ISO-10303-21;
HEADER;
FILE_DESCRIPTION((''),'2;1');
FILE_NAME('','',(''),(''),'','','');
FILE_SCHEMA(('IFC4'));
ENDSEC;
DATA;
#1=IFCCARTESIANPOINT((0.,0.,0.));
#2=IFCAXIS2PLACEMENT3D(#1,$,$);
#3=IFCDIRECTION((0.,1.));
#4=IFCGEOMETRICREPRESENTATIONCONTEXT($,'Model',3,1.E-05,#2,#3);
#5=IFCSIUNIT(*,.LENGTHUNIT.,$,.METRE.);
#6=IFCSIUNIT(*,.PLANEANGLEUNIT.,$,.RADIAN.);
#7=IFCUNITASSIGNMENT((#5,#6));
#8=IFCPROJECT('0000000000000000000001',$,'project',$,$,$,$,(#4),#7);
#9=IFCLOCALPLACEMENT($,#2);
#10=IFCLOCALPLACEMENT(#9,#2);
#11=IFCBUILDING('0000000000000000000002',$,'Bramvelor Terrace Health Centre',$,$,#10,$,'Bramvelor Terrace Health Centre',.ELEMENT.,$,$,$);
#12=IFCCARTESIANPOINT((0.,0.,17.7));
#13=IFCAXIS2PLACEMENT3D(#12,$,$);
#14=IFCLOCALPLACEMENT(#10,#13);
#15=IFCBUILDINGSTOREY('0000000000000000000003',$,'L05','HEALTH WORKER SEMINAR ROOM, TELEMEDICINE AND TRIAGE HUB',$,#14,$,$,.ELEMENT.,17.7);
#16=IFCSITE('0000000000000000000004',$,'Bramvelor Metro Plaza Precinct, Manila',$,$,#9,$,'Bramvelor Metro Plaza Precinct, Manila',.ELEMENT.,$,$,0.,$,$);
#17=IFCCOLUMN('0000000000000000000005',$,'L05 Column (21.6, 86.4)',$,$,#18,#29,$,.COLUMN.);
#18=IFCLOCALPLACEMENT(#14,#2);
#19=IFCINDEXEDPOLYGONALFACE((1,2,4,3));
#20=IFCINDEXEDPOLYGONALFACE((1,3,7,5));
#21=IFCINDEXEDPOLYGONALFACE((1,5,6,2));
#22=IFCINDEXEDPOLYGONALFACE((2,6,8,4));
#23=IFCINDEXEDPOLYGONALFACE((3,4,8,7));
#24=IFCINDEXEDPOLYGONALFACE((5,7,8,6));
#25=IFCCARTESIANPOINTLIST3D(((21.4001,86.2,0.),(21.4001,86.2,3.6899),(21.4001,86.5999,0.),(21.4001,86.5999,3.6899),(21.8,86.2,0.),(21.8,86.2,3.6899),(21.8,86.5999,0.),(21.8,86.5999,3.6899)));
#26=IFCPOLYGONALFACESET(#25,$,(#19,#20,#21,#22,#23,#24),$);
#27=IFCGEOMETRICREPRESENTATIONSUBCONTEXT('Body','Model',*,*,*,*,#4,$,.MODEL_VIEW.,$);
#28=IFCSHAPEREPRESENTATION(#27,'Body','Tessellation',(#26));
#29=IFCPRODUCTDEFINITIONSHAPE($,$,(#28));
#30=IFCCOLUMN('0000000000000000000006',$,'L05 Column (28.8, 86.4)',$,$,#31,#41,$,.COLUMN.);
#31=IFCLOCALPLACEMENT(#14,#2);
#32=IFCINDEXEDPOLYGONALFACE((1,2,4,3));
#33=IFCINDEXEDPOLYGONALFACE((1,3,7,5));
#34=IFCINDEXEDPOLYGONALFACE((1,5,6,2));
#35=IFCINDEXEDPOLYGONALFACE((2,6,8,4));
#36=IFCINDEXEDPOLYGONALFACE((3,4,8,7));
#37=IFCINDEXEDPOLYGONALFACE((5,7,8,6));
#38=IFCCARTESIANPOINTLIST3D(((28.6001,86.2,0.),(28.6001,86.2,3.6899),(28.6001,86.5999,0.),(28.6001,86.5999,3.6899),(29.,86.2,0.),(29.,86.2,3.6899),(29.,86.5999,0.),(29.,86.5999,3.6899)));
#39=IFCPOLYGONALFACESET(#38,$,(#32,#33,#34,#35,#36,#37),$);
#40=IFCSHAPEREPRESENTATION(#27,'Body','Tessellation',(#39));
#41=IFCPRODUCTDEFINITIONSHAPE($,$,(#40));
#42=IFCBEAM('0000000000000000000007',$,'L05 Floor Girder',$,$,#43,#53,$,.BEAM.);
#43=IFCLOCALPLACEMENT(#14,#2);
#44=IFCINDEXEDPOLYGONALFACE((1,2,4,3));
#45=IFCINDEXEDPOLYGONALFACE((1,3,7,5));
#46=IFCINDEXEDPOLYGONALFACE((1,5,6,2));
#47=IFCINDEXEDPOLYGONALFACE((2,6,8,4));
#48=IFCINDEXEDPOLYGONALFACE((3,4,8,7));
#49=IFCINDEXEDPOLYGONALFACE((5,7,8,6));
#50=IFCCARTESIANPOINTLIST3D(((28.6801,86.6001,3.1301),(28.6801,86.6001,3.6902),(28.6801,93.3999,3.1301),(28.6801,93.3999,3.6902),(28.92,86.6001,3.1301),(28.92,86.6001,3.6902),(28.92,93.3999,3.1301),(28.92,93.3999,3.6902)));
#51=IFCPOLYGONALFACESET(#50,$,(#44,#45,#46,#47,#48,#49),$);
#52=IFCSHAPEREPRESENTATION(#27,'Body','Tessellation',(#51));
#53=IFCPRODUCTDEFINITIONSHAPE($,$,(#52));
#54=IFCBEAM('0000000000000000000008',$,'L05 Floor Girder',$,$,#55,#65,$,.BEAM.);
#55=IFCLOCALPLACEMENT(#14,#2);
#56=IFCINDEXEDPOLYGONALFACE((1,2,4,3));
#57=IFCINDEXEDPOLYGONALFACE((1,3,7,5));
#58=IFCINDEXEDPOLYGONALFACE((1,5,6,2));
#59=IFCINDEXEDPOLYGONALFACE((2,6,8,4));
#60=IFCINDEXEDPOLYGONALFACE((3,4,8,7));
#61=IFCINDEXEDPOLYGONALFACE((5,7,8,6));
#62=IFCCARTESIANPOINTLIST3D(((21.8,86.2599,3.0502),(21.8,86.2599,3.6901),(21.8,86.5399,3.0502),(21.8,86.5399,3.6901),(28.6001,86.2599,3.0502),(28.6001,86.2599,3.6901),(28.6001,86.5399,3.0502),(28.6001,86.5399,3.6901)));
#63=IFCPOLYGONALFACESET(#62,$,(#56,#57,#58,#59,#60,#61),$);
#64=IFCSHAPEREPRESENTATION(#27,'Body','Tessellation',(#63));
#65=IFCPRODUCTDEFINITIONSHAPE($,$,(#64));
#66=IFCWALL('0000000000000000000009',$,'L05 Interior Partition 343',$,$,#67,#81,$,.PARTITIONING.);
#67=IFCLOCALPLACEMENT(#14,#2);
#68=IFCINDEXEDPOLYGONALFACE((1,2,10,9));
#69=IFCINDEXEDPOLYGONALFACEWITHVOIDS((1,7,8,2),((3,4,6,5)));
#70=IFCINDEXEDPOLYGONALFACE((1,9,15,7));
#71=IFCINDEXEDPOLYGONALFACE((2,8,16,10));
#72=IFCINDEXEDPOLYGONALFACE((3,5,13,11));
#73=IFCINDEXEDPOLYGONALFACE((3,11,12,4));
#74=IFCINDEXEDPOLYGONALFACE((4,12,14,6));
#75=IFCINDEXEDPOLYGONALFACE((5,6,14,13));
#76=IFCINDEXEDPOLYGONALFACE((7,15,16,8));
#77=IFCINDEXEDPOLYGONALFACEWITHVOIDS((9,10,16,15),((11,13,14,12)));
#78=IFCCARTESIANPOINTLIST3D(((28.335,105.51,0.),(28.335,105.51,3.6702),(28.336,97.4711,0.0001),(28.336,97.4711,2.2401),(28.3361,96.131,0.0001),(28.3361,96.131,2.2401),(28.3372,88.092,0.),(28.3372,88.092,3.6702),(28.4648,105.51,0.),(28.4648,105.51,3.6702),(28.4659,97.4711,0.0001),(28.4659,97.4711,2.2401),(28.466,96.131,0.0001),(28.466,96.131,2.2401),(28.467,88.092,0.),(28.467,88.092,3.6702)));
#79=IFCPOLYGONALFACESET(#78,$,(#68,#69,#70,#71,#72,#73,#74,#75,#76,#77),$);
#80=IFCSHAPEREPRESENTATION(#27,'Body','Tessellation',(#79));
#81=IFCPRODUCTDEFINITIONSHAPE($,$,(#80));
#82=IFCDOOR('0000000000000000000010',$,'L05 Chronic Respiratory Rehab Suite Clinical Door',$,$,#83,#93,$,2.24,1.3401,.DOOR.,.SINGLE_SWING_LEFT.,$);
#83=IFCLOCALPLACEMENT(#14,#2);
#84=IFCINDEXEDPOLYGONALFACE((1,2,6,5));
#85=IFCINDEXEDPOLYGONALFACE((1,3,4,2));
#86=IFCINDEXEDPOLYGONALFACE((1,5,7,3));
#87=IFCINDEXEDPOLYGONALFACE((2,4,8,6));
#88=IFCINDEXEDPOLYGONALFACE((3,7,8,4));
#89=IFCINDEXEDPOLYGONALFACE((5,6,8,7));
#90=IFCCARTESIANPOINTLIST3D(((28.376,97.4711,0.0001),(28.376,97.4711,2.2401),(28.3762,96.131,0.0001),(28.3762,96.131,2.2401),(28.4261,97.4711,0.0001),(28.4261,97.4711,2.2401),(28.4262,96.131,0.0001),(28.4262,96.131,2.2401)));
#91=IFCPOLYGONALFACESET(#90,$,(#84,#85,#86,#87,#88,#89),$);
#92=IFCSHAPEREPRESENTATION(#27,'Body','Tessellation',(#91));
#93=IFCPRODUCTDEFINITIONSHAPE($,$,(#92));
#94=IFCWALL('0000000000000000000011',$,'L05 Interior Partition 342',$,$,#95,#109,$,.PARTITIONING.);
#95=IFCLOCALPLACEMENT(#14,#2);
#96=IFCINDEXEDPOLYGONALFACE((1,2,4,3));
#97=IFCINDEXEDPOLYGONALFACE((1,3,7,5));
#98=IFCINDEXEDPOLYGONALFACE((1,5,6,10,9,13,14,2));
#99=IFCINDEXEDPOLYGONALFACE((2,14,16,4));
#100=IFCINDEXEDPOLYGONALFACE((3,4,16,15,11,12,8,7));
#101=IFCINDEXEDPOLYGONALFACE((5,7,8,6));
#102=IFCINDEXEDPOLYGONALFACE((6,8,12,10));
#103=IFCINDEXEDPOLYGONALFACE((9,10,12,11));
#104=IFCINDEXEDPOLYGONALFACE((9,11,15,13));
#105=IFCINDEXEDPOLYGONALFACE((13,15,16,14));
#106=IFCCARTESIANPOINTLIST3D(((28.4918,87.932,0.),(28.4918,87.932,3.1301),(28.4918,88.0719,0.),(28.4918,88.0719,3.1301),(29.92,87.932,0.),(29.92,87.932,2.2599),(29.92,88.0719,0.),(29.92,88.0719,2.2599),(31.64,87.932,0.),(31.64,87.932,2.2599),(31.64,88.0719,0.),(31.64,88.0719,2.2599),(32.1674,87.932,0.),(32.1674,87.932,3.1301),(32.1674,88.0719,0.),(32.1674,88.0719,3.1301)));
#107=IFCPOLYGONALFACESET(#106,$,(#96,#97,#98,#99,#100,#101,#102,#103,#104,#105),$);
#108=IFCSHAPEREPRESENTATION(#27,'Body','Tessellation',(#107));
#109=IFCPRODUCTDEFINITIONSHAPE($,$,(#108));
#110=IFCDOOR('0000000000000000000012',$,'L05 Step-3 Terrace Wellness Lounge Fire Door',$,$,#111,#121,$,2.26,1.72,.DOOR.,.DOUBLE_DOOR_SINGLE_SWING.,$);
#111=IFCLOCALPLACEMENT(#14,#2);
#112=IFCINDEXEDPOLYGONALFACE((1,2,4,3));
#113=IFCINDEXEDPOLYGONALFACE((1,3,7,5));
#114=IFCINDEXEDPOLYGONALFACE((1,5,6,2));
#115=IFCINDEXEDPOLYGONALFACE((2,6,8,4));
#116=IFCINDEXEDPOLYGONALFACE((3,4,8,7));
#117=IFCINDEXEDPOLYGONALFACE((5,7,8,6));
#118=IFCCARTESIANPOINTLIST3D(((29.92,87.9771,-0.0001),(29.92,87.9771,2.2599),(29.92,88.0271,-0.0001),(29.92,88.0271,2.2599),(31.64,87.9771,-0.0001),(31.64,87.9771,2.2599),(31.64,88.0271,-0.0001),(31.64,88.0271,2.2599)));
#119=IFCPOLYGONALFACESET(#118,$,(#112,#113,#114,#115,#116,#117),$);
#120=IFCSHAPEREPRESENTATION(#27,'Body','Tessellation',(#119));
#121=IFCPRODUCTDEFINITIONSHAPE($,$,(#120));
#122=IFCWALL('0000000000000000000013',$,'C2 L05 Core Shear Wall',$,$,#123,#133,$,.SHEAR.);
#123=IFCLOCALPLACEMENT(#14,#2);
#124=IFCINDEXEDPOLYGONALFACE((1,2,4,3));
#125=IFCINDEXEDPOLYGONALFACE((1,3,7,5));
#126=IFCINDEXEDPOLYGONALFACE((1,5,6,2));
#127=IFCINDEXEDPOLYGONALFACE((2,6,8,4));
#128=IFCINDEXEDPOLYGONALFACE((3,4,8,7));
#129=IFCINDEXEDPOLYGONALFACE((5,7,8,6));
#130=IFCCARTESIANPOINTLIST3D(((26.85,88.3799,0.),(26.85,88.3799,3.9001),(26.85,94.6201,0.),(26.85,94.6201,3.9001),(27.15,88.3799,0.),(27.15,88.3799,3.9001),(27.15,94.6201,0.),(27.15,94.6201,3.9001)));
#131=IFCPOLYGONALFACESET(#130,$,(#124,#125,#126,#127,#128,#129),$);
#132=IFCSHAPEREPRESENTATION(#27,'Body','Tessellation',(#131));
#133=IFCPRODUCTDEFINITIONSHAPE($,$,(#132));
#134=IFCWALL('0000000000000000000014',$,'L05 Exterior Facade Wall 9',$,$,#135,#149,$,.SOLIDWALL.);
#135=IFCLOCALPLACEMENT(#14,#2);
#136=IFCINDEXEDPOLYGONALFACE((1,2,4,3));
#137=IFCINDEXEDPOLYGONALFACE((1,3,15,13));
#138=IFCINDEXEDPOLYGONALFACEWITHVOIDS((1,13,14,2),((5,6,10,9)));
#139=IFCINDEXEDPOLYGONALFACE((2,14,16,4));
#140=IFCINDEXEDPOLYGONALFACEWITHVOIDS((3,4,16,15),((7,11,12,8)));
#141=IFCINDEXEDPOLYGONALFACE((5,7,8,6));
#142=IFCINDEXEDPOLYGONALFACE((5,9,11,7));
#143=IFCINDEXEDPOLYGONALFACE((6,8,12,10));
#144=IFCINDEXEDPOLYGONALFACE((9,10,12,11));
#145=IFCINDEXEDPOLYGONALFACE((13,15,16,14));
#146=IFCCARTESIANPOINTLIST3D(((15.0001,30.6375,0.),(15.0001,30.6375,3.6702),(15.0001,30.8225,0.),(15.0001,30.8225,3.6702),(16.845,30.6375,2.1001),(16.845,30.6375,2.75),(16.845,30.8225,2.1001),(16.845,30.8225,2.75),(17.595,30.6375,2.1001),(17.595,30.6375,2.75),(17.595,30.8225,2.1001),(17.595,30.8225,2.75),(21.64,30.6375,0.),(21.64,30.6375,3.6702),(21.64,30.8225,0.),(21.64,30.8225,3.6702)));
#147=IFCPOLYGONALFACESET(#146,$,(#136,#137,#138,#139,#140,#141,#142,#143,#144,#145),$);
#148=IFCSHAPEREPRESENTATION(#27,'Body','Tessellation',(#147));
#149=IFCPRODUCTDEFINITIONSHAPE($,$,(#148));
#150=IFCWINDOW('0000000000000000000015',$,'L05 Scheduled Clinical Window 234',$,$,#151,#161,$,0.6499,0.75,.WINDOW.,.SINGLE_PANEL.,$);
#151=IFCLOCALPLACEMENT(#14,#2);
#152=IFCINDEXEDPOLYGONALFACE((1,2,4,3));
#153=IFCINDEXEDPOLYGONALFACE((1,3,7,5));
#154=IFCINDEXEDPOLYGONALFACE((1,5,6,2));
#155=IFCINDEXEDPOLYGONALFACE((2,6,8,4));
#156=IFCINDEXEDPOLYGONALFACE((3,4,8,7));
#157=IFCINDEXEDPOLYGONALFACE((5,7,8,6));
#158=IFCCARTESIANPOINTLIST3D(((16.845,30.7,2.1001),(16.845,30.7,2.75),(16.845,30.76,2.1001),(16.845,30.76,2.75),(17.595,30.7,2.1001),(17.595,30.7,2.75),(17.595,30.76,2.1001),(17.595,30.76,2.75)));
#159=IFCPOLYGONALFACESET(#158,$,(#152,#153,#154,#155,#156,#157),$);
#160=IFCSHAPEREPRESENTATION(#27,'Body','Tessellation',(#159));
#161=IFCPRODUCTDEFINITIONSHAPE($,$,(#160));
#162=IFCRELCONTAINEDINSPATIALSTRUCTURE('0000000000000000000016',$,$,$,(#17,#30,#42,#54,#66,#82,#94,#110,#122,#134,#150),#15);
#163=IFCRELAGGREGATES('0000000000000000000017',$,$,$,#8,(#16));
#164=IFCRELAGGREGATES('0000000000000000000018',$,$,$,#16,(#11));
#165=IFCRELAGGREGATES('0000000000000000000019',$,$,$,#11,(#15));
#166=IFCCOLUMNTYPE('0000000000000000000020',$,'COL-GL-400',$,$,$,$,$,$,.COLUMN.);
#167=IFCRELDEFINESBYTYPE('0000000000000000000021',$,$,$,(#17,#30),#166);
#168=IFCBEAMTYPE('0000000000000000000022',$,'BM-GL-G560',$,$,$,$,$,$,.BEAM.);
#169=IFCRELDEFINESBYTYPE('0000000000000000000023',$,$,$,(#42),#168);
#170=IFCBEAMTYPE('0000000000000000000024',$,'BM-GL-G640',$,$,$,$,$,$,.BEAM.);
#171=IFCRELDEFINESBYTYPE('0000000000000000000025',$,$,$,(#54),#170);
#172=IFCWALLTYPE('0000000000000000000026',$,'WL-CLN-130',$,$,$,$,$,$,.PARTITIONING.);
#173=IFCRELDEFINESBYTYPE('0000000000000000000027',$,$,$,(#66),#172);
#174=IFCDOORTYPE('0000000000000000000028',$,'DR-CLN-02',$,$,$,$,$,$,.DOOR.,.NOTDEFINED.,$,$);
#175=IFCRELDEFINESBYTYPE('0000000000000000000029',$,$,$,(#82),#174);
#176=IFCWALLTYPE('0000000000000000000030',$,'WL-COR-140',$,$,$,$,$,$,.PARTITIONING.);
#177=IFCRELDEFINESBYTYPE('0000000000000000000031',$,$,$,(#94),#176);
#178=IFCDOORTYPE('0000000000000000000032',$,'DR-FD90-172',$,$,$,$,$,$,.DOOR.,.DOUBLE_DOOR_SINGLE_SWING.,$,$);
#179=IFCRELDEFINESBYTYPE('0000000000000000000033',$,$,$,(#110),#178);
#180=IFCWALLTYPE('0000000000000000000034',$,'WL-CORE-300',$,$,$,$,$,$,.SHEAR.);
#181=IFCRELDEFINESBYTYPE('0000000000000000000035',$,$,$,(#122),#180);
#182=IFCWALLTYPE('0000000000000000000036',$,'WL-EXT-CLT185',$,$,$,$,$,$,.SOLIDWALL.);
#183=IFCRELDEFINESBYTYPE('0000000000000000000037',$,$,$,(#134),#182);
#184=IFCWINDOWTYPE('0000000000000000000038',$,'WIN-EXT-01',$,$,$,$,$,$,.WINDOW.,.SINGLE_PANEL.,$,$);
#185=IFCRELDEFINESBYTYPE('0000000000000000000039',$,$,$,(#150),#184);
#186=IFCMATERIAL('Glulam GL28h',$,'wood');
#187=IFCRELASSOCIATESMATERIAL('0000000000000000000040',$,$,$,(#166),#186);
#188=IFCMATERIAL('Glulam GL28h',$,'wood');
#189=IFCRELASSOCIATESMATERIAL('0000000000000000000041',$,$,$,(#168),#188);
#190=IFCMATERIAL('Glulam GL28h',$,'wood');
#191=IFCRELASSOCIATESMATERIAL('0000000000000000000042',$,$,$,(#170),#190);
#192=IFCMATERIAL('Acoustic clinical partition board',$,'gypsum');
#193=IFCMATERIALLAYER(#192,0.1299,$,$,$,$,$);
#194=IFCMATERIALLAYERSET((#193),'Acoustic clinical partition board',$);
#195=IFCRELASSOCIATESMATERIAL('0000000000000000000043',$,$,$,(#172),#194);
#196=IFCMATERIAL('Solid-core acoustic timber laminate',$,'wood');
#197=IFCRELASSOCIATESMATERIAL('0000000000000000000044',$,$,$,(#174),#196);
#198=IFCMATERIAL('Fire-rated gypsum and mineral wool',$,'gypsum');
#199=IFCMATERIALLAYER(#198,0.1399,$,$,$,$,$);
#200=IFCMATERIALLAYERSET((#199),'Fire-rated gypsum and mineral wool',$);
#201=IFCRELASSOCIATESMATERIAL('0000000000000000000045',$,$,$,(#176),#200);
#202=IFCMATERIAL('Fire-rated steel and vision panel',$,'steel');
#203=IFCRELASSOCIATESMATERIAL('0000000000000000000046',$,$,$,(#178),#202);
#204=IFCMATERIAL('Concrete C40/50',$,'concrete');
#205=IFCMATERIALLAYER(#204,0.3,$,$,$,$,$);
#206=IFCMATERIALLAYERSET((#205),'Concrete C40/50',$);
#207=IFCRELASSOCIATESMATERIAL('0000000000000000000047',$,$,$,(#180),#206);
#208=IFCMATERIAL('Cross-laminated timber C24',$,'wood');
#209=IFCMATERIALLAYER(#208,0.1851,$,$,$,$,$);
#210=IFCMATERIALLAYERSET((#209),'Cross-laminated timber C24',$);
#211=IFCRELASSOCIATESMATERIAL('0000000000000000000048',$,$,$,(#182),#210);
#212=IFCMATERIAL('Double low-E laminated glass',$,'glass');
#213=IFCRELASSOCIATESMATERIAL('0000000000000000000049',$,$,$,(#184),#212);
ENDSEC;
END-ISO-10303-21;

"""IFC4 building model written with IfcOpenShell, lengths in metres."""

from ifc_helpers import new_model, si_unit, direction, frame, frame_2d, origin, origin_2d, place, context, subcontext, project, spatial, rectangle, extrude, material, layer, layer_set, material_profile, profile_set, type_object, element, fill, save


model = new_model("IFC4")

# Units and contexts
model_context = context("Model", 3, precision=1e-05, world=origin(), true_north=direction((0.0, 1.0)))
body_context = subcontext(model_context, "Body", "Model", "MODEL_VIEW")
ifc_project = project(units=[si_unit("LENGTHUNIT", "METRE"), si_unit("PLANEANGLEUNIT", "RADIAN")], contexts=[model_context])

# Site, building, storey
site_placement = place(None, origin())
site = spatial("IfcSite", under=ifc_project, at=site_placement, Name="Bramvelor Metro Plaza Precinct, Manila", LongName="Bramvelor Metro Plaza Precinct, Manila", CompositionType="ELEMENT", RefElevation=0.0)
building_placement = place(site_placement, origin())
building = spatial("IfcBuilding", under=site, at=building_placement, Name="Bramvelor Terrace Health Centre", LongName="Bramvelor Terrace Health Centre", CompositionType="ELEMENT")
storey_placement = place(building_placement, frame((0.0, 0.0, 17.7)))
storey = spatial("IfcBuildingStorey", under=building, at=storey_placement, Name="L05", Description="HEALTH WORKER SEMINAR ROOM, TELEMEDICINE AND TRIAGE HUB", CompositionType="ELEMENT", Elevation=17.7)

# Columns
ifc_material_1 = material(Name="Glulam GL28h", Category="wood")
ifc_material_profile_1 = material_profile(ifc_material_1, rectangle(XDim=0.3999, YDim=0.3999, at=origin_2d()), Name="GL 400x400")
ifc_profile_set_1 = profile_set([ifc_material_profile_1], Name="Glulam GL28h")
column_type = type_object("IfcColumnType", Name="COL-GL-400", PredefinedType="COLUMN", material=ifc_profile_set_1)
for number, where, z_axis, x_axis, name in (
    (1, (21.6001, 86.3999, 0.0), (0.0, 0.0, 1.0), (1.0, 0.0, 0.0), "L05 Column (21.6, 86.4)"),
    (2, (28.8, 86.3999, 0.0), (0.0, 0.0, 1.0), (1.0, 0.0, 0.0), "L05 Column (28.8, 86.4)"),
):
    element("IfcColumn", number, at=place(storey_placement, frame(where, z_axis=z_axis, x_axis=x_axis)), inside=storey, type_object=column_type, Name=name, PredefinedType="COLUMN", context=body_context, shape_type="SweptSolid", body=[
        extrude(rectangle(XDim=0.3999, YDim=0.3999, at=origin_2d()), origin(), (0.0, 0.0, 1.0), 3.6899),
    ])

# Beams
ifc_material_2 = material(Name="Glulam GL28h", Category="wood")
ifc_material_profile_2 = material_profile(ifc_material_2, rectangle(XDim=0.24, YDim=0.5601, at=origin_2d()), Name="GL 240x560")
ifc_profile_set_2 = profile_set([ifc_material_profile_2], Name="Glulam GL28h")
beam_type_1 = type_object("IfcBeamType", Name="BM-GL-G560", PredefinedType="BEAM", material=ifc_profile_set_2)
beam_1_placement = place(storey_placement, frame((28.8, 86.6001, 3.4102), z_axis=(0.0, 1.0, 0.0), x_axis=(-1.0, 0.0, 0.0)))
element("IfcBeam", 3, at=beam_1_placement, inside=storey, type_object=beam_type_1, Name="L05 Floor Girder", PredefinedType="BEAM", context=body_context, shape_type="SweptSolid", body=[
    extrude(rectangle(XDim=0.24, YDim=0.5601, at=origin_2d()), origin(), (0.0, 0.0, 1.0), 6.7998),
])
ifc_material_3 = material(Name="Glulam GL28h", Category="wood")
ifc_material_profile_3 = material_profile(ifc_material_3, rectangle(XDim=0.28, YDim=0.6399, at=origin_2d()), Name="GL 280x640")
ifc_profile_set_3 = profile_set([ifc_material_profile_3], Name="Glulam GL28h")
beam_type_2 = type_object("IfcBeamType", Name="BM-GL-G640", PredefinedType="BEAM", material=ifc_profile_set_3)
beam_2_placement = place(storey_placement, frame((21.8, 86.3999, 3.3701), z_axis=(1.0, 0.0, 0.0), x_axis=(0.0, 1.0, 0.0)))
element("IfcBeam", 4, at=beam_2_placement, inside=storey, type_object=beam_type_2, Name="L05 Floor Girder", PredefinedType="BEAM", context=body_context, shape_type="SweptSolid", body=[
    extrude(rectangle(XDim=0.28, YDim=0.6399, at=origin_2d()), origin(), (0.0, 0.0, 1.0), 6.8),
])

# Walls, openings, doors
ifc_material_4 = material(Name="Acoustic clinical partition board", Category="gypsum")
ifc_layer_1 = layer(ifc_material_4, 0.1299)
ifc_layer_set_1 = layer_set([ifc_layer_1], Name="Acoustic clinical partition board")
wall_type_1 = type_object("IfcWallType", Name="WL-CLN-130", PredefinedType="PARTITIONING", material=ifc_layer_set_1)
wall_1_placement = place(storey_placement, frame((28.4021, 88.092, 0.0), z_axis=(0.0, 0.0, 1.0), x_axis=(-0.000126, 1.0, 0.0)))
wall_1 = element("IfcWall", 5, at=wall_1_placement, inside=storey, type_object=wall_type_1, Name="L05 Interior Partition 343", PredefinedType="PARTITIONING", context=body_context, shape_type="SweptSolid", body=[
    extrude(rectangle(XDim=17.418, YDim=0.1299, at=frame_2d((8.709, 0.0))), origin(), (0.0, 0.0, 1.0), 3.6702),
])
opening_1_placement = place(wall_1_placement, frame((8.0391, 0.0, 0.0)))
opening_1 = element("IfcOpeningElement", 6, at=opening_1_placement, cuts=wall_1, PredefinedType="OPENING", context=body_context, shape_type="SweptSolid", body=[
    extrude(rectangle(XDim=1.3401, YDim=2.24, at=frame_2d((0.6699, 1.1201))), frame((0.0, 0.075, 0.0), z_axis=(0.0, -1.0, 0.0), x_axis=(1.0, 0.0, 0.0)), (0.0, 0.0, 1.0), 0.1499),
])
ifc_material_5 = material(Name="Solid-core acoustic timber laminate", Category="wood")
door_type_1 = type_object("IfcDoorType", Name="DR-CLN-02", OperationType="NOTDEFINED", PredefinedType="DOOR", material=ifc_material_5)
door_1_placement = place(opening_1_placement, origin())
door_1 = element("IfcDoor", 7, at=door_1_placement, inside=storey, type_object=door_type_1, Name="L05 Chronic Respiratory Rehab Suite Clinical Door", OperationType="SINGLE_SWING_LEFT", OverallHeight=2.24, OverallWidth=1.3401, PredefinedType="DOOR", context=body_context, shape_type="SweptSolid", body=[
    extrude(rectangle(XDim=1.3401, YDim=2.24, at=frame_2d((0.6699, 1.1201))), frame((0.0, 0.0249, 0.0), z_axis=(0.0, -1.0, 0.0), x_axis=(1.0, 0.0, 0.0)), (0.0, 0.0, 1.0), 0.05),
])
fill(opening_1, door_1)
ifc_material_6 = material(Name="Fire-rated gypsum and mineral wool", Category="gypsum")
ifc_layer_2 = layer(ifc_material_6, 0.1399)
ifc_layer_set_2 = layer_set([ifc_layer_2], Name="Fire-rated gypsum and mineral wool")
wall_type_2 = type_object("IfcWallType", Name="WL-COR-140", PredefinedType="PARTITIONING", material=ifc_layer_set_2)
wall_2_placement = place(storey_placement, frame((32.1675, 88.002, 0.0), z_axis=(0.0, 0.0, 1.0), x_axis=(-1.0, 0.0, 0.0)))
wall_2 = element("IfcWall", 8, at=wall_2_placement, inside=storey, type_object=wall_type_2, Name="L05 Interior Partition 342", PredefinedType="PARTITIONING", context=body_context, shape_type="SweptSolid", body=[
    extrude(rectangle(XDim=3.6755, YDim=0.1399, at=frame_2d((1.8379, 0.0))), origin(), (0.0, 0.0, 1.0), 3.1301),
])
opening_2_placement = place(wall_2_placement, frame((0.5276, 0.0, 0.0)))
opening_2 = element("IfcOpeningElement", 9, at=opening_2_placement, cuts=wall_2, PredefinedType="OPENING", context=body_context, shape_type="SweptSolid", body=[
    extrude(rectangle(XDim=1.72, YDim=2.26, at=frame_2d((0.8599, 1.1299))), frame((0.0, 0.0798, 0.0), z_axis=(0.0, -1.0, 0.0), x_axis=(1.0, 0.0, 0.0)), (0.0, 0.0, 1.0), 0.1599),
])
ifc_material_7 = material(Name="Fire-rated steel and vision panel", Category="steel")
door_type_2 = type_object("IfcDoorType", Name="DR-FD90-172", OperationType="DOUBLE_DOOR_SINGLE_SWING", PredefinedType="DOOR", material=ifc_material_7)
door_2_placement = place(opening_2_placement, origin())
door_2 = element("IfcDoor", 10, at=door_2_placement, inside=storey, type_object=door_type_2, Name="L05 Step-3 Terrace Wellness Lounge Fire Door", OperationType="DOUBLE_DOOR_SINGLE_SWING", OverallHeight=2.26, OverallWidth=1.72, PredefinedType="DOOR", context=body_context, shape_type="SweptSolid", body=[
    extrude(rectangle(XDim=1.72, YDim=2.26, at=frame_2d((0.8599, 1.1299))), frame((0.0, 0.0249, 0.0), z_axis=(0.0, -1.0, 0.0), x_axis=(1.0, 0.0, 0.0)), (0.0, 0.0, 1.0), 0.05),
])
fill(opening_2, door_2)

# Wall
ifc_material_8 = material(Name="Concrete C40/50", Category="concrete")
ifc_layer_3 = layer(ifc_material_8, 0.3)
ifc_layer_set_3 = layer_set([ifc_layer_3], Name="Concrete C40/50")
wall_type_3 = type_object("IfcWallType", Name="WL-CORE-300", PredefinedType="SHEAR", material=ifc_layer_set_3)
wall_3_placement = place(storey_placement, frame((27.0, 88.3799, 0.0), z_axis=(0.0, 0.0, 1.0), x_axis=(0.0, 1.0, 0.0)))
element("IfcWall", 11, at=wall_3_placement, inside=storey, type_object=wall_type_3, Name="C2 L05 Core Shear Wall", PredefinedType="SHEAR", context=body_context, shape_type="SweptSolid", body=[
    extrude(rectangle(XDim=6.2402, YDim=0.3, at=frame_2d((3.1201, 0.0))), origin(), (0.0, 0.0, 1.0), 3.9001),
])

# Wall, opening, window
ifc_material_9 = material(Name="Cross-laminated timber C24", Category="wood")
ifc_layer_4 = layer(ifc_material_9, 0.1851)
ifc_layer_set_4 = layer_set([ifc_layer_4], Name="Cross-laminated timber C24")
wall_type_4 = type_object("IfcWallType", Name="WL-EXT-CLT185", PredefinedType="SOLIDWALL", material=ifc_layer_set_4)
wall_4_placement = place(storey_placement, frame((21.6399, 30.73, 0.0), z_axis=(0.0, 0.0, 1.0), x_axis=(-1.0, 0.0, 0.0)))
wall_4 = element("IfcWall", 12, at=wall_4_placement, inside=storey, type_object=wall_type_4, Name="L05 Exterior Facade Wall 9", PredefinedType="SOLIDWALL", context=body_context, shape_type="SweptSolid", body=[
    extrude(rectangle(XDim=6.6399, YDim=0.1851, at=frame_2d((3.3198, 0.0))), origin(), (0.0, 0.0, 1.0), 3.6702),
])
opening_3_placement = place(wall_4_placement, frame((4.0449, 0.0, 2.1001)))
opening_3 = element("IfcOpeningElement", 13, at=opening_3_placement, cuts=wall_4, PredefinedType="OPENING", context=body_context, shape_type="SweptSolid", body=[
    extrude(rectangle(XDim=0.75, YDim=0.6499, at=frame_2d((0.375, 0.325))), frame((0.0, 0.1025, 0.0), z_axis=(0.0, -1.0, 0.0), x_axis=(1.0, 0.0, 0.0)), (0.0, 0.0, 1.0), 0.2051),
])
ifc_material_10 = material(Name="Double low-E laminated glass", Category="glass")
window_type_1 = type_object("IfcWindowType", Name="WIN-EXT-01", PartitioningType="SINGLE_PANEL", PredefinedType="WINDOW", material=ifc_material_10)
window_1_placement = place(opening_3_placement, origin())
window_1 = element("IfcWindow", 14, at=window_1_placement, inside=storey, type_object=window_type_1, Name="L05 Scheduled Clinical Window 234", OverallHeight=0.6499, OverallWidth=0.75, PartitioningType="SINGLE_PANEL", PredefinedType="WINDOW", context=body_context, shape_type="SweptSolid", body=[
    extrude(rectangle(XDim=0.75, YDim=0.6499, at=frame_2d((0.375, 0.325))), frame((0.0, 0.03, 0.0), z_axis=(0.0, -1.0, 0.0), x_axis=(1.0, 0.0, 0.0)), (0.0, 0.0, 1.0), 0.0601),
])
fill(opening_3, window_1)

save(model, "model.ifc")
